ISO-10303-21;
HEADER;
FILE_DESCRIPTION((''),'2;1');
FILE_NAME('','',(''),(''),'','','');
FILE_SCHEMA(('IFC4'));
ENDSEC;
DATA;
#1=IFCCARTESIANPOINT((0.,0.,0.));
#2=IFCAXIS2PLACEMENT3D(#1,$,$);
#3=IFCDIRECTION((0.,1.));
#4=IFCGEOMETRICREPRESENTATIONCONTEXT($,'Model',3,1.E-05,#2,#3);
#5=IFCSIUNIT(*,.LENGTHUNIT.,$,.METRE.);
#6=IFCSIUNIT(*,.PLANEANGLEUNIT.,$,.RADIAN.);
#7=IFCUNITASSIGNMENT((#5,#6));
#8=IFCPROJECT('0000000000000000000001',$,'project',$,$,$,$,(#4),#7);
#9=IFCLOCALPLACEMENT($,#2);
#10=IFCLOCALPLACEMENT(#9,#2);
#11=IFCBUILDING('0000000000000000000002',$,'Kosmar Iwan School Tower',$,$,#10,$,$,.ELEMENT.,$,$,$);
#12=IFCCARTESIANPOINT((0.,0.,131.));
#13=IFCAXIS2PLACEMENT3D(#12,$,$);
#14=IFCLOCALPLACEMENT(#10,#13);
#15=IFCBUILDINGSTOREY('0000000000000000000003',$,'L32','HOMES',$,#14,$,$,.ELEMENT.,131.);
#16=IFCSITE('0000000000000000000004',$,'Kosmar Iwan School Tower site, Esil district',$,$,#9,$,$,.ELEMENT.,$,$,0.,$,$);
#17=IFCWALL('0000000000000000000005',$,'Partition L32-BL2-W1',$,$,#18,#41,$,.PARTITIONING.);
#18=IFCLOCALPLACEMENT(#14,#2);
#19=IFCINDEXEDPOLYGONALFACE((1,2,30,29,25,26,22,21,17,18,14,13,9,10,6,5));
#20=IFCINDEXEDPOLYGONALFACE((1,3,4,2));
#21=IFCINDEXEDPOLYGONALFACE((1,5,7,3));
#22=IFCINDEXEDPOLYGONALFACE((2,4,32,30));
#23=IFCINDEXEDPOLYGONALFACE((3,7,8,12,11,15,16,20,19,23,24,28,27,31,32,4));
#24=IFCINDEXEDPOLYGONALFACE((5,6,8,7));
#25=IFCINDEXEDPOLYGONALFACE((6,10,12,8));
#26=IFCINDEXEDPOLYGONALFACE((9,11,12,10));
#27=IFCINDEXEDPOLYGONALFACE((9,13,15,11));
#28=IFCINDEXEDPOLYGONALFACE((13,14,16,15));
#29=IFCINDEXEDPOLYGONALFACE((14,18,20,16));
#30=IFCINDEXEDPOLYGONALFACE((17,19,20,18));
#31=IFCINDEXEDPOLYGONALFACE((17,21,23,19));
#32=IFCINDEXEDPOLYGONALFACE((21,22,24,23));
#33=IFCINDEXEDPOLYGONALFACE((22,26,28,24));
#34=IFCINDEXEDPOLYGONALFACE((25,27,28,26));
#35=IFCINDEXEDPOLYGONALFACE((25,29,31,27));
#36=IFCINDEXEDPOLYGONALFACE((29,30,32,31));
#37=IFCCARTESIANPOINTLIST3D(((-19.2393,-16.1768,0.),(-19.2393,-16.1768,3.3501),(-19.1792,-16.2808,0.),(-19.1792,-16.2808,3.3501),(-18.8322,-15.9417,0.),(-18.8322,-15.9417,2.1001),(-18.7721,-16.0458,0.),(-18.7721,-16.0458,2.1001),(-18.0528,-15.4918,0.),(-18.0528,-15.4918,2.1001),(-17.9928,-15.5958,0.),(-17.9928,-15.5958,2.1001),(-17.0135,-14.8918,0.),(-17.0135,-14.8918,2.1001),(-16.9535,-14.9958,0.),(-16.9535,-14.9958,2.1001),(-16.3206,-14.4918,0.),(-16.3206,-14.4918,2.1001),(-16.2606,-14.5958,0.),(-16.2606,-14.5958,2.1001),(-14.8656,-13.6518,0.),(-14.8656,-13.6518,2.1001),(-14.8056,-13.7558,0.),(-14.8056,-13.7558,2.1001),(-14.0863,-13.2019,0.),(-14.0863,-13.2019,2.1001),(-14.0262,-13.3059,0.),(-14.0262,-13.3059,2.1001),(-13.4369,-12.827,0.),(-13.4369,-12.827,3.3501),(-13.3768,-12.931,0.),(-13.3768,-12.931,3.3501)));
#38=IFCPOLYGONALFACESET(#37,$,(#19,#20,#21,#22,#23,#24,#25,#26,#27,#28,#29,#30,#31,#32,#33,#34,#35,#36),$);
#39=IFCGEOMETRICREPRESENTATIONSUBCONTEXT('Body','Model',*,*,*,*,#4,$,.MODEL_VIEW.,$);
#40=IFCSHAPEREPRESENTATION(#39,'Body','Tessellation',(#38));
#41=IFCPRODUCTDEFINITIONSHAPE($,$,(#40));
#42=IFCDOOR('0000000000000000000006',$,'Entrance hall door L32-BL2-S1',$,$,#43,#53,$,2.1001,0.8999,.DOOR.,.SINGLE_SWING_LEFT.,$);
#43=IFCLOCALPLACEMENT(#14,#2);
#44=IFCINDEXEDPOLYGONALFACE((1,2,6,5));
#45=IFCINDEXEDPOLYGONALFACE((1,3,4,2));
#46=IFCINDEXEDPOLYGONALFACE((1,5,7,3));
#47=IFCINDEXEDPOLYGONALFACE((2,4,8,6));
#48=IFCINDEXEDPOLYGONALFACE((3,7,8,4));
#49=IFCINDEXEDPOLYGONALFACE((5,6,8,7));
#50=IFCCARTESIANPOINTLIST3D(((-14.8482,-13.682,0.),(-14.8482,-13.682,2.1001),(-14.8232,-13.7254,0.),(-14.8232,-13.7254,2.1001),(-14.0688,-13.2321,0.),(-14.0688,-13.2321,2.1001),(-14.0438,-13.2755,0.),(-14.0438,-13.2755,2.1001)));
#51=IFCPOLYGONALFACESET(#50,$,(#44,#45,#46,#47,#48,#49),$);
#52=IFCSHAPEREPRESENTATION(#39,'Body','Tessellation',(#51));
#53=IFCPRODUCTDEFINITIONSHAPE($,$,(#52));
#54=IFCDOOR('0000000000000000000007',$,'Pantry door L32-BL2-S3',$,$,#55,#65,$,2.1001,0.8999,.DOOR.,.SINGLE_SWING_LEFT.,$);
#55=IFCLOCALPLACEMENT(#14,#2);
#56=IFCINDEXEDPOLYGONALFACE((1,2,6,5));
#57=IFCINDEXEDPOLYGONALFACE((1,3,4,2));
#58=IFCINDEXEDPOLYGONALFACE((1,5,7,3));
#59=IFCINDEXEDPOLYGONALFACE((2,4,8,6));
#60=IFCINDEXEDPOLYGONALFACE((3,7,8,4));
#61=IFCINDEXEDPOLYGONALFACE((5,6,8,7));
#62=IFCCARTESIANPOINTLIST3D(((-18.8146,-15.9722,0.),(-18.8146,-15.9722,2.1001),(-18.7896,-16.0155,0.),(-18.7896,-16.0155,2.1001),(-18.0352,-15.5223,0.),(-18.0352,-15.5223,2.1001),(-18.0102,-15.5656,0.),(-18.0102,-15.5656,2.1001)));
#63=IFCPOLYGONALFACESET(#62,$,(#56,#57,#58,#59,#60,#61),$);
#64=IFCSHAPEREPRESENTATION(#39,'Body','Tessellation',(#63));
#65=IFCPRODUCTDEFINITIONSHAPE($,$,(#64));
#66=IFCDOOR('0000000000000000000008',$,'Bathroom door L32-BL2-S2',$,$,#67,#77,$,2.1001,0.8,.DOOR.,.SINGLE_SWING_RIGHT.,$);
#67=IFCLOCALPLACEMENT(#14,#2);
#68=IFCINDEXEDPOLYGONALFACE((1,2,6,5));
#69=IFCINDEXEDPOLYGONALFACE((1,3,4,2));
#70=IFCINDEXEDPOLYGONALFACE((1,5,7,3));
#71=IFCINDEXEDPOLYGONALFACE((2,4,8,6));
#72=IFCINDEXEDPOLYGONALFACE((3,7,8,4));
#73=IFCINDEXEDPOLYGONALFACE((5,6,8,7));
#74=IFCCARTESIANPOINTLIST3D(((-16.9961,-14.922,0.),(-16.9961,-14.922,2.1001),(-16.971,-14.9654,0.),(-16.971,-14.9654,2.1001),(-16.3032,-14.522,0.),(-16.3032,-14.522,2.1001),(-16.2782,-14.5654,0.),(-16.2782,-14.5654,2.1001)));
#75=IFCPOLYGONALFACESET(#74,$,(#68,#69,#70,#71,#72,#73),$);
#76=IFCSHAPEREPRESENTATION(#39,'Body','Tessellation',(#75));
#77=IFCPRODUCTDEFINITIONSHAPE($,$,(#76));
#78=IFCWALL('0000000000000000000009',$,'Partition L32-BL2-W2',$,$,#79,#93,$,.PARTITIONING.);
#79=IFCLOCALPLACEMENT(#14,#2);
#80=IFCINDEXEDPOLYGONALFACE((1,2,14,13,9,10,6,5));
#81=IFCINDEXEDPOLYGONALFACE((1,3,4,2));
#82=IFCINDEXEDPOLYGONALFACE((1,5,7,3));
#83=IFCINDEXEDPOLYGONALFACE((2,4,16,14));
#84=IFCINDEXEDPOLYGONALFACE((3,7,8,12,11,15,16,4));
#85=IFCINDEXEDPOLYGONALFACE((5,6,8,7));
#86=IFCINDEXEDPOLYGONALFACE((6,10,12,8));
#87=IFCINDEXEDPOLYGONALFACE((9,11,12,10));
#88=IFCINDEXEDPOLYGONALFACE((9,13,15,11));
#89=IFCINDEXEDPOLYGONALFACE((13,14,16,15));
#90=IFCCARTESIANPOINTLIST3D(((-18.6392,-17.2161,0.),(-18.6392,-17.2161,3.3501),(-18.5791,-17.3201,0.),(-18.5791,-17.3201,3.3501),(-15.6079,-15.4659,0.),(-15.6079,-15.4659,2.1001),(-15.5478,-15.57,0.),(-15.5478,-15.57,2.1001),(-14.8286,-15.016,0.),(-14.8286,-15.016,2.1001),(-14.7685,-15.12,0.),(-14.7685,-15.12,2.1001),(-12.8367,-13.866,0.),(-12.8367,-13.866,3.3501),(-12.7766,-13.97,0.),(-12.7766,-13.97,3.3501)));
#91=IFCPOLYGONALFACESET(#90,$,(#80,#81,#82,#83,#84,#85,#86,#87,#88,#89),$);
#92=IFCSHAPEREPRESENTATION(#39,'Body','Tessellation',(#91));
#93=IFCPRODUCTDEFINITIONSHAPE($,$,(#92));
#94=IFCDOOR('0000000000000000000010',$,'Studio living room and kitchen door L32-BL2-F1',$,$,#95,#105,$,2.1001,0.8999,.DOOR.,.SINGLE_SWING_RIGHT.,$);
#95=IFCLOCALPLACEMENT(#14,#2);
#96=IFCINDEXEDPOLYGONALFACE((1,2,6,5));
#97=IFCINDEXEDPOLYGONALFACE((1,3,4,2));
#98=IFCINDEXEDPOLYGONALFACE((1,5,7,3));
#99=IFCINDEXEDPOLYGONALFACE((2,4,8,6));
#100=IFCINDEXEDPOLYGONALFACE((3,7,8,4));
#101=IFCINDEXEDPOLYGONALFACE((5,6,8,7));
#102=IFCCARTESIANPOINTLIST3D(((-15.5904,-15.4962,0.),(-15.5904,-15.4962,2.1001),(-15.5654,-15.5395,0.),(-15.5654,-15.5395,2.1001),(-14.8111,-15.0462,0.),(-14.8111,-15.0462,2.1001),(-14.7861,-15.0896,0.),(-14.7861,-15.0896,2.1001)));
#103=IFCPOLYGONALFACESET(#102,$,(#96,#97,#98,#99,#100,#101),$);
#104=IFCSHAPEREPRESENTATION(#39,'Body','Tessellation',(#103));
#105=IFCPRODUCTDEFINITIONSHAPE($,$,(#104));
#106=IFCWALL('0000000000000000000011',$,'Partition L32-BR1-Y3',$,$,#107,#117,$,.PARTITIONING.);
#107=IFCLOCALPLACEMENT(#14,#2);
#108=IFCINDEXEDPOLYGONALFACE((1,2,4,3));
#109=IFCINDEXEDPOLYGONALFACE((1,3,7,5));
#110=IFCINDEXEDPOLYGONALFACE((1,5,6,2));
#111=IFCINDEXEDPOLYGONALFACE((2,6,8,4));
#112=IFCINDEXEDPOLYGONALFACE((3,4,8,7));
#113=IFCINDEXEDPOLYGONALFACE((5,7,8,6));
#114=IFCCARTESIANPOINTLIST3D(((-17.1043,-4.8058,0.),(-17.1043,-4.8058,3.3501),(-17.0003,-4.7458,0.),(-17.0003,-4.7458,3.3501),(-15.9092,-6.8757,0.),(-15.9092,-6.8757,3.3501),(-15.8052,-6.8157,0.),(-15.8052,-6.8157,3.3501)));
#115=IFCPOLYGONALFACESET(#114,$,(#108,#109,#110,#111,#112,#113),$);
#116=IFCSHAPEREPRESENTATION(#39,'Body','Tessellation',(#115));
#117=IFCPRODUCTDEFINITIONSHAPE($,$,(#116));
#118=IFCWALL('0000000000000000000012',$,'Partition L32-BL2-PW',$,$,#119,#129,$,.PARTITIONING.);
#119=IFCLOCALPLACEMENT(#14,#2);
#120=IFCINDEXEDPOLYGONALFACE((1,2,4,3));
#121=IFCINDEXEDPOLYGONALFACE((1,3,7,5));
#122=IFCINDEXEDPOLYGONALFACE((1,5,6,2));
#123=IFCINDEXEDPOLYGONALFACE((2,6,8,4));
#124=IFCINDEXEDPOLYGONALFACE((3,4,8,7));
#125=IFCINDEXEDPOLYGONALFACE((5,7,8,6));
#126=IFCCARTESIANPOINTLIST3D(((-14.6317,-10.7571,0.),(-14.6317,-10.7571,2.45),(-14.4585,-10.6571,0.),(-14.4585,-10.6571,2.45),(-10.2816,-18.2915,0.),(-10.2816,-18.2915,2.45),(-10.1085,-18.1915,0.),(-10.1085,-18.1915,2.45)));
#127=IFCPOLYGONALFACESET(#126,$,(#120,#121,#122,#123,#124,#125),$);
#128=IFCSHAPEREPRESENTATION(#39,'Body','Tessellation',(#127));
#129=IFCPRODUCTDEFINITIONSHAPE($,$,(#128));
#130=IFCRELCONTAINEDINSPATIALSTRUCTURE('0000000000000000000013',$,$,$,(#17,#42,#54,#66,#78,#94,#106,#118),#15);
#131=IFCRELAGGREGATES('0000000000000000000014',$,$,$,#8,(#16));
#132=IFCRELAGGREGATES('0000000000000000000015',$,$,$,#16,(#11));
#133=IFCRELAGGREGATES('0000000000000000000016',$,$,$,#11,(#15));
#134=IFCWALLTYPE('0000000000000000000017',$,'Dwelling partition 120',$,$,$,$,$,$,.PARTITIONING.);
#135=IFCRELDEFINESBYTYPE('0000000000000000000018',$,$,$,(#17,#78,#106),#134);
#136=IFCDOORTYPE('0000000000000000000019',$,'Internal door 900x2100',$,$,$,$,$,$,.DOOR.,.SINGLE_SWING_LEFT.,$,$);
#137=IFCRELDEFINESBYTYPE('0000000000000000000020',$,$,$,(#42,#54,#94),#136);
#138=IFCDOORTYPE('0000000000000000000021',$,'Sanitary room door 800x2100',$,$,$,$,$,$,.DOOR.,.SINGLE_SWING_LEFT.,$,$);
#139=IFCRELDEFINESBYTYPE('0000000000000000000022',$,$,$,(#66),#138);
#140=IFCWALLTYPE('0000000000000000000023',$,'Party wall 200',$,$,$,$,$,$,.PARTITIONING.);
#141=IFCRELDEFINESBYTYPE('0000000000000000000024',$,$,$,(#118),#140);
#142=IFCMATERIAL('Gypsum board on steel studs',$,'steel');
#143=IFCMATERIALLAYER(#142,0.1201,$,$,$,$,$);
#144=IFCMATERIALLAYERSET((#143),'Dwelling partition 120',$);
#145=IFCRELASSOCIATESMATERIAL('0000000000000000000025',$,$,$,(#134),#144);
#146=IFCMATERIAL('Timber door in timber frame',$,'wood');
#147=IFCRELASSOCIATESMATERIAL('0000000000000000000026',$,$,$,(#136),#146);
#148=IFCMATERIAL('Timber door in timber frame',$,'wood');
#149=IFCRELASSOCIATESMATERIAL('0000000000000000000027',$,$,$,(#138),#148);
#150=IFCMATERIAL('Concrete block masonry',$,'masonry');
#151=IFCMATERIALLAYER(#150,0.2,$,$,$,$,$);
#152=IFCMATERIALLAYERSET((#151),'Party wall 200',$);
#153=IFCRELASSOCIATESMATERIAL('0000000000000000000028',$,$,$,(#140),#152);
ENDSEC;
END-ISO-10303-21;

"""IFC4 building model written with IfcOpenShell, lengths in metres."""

from ifc_helpers import new_model, si_unit, direction, frame, frame_2d, origin, place, context, subcontext, project, spatial, rectangle, extrude, material, layer, layer_set, type_object, element, fill, save


model = new_model("IFC4")

# Units and contexts
model_context = context("Model", 3, precision=1e-05, world=origin(), true_north=direction((0.0, 1.0)))
body_context = subcontext(model_context, "Body", "Model", "MODEL_VIEW")
ifc_project = project(units=[si_unit("LENGTHUNIT", "METRE"), si_unit("PLANEANGLEUNIT", "RADIAN")], contexts=[model_context])

# Site, building, storey
site_placement = place(None, origin())
site = spatial("IfcSite", under=ifc_project, at=site_placement, Name="Kosmar Iwan School Tower site, Esil district", CompositionType="ELEMENT", RefElevation=0.0)
building_placement = place(site_placement, origin())
building = spatial("IfcBuilding", under=site, at=building_placement, Name="Kosmar Iwan School Tower", CompositionType="ELEMENT")
storey_placement = place(building_placement, frame((0.0, 0.0, 131.0)))
storey = spatial("IfcBuildingStorey", under=building, at=storey_placement, Name="L32", Description="HOMES", CompositionType="ELEMENT", Elevation=131.0)

# Shared definitions
ifc_material_1 = material(Name="Gypsum board on steel studs", Category="steel")
ifc_layer_1 = layer(ifc_material_1, 0.1201)
ifc_layer_set_1 = layer_set([ifc_layer_1], Name="Dwelling partition 120")
wall_type_1 = type_object("IfcWallType", Name="Dwelling partition 120", PredefinedType="PARTITIONING", material=ifc_layer_set_1)

# Wall, openings, doors
wall_1_placement = place(storey_placement, frame((-13.4067, -12.8789, 0.0), z_axis=(0.0, 0.0, 1.0), x_axis=(-0.866039, -0.499976, 0.0)))
wall_1 = element("IfcWall", 1, at=wall_1_placement, inside=storey, type_object=wall_type_1, Name="Partition L32-BL2-W1", PredefinedType="PARTITIONING", context=body_context, shape_type="SweptSolid", body=[
    extrude(rectangle(XDim=6.7, YDim=0.1201, at=frame_2d((3.3501, 0.0))), origin(), (0.0, 0.0, 1.0), 3.3501),
])
opening_1_placement = place(wall_1_placement, frame((0.75, 0.0, 0.0)))
opening_1 = element("IfcOpeningElement", 2, at=opening_1_placement, cuts=wall_1, PredefinedType="OPENING", context=body_context, shape_type="SweptSolid", body=[
    extrude(rectangle(XDim=0.8999, YDim=2.1001, at=frame_2d((0.45, 1.05))), frame((0.0, 0.072, 0.0), z_axis=(0.0, -1.0, 0.0), x_axis=(1.0, 0.0, 0.0)), (0.0, 0.0, 1.0), 0.144),
])
opening_2_placement = place(wall_1_placement, frame((3.3301, 0.0, 0.0)))
opening_2 = element("IfcOpeningElement", 3, at=opening_2_placement, cuts=wall_1, PredefinedType="OPENING", context=body_context, shape_type="SweptSolid", body=[
    extrude(rectangle(XDim=0.8, YDim=2.1001, at=frame_2d((0.3999, 1.05))), frame((0.0, 0.072, 0.0), z_axis=(0.0, -1.0, 0.0), x_axis=(1.0, 0.0, 0.0)), (0.0, 0.0, 1.0), 0.144),
])
opening_3_placement = place(wall_1_placement, frame((5.3301, 0.0, 0.0)))
opening_3 = element("IfcOpeningElement", 4, at=opening_3_placement, cuts=wall_1, PredefinedType="OPENING", context=body_context, shape_type="SweptSolid", body=[
    extrude(rectangle(XDim=0.8999, YDim=2.1001, at=frame_2d((0.45, 1.05))), frame((0.0, 0.072, 0.0), z_axis=(0.0, -1.0, 0.0), x_axis=(1.0, 0.0, 0.0)), (0.0, 0.0, 1.0), 0.144),
])
ifc_material_2 = material(Name="Timber door in timber frame", Category="wood")
door_type_1 = type_object("IfcDoorType", Name="Internal door 900x2100", OperationType="SINGLE_SWING_LEFT", PredefinedType="DOOR", material=ifc_material_2)
door_1_placement = place(opening_1_placement, origin())
door_1 = element("IfcDoor", 5, at=door_1_placement, inside=storey, type_object=door_type_1, Name="Entrance hall door L32-BL2-S1", OperationType="SINGLE_SWING_LEFT", OverallHeight=2.1001, OverallWidth=0.8999, PredefinedType="DOOR", context=body_context, shape_type="SweptSolid", body=[
    extrude(rectangle(XDim=0.8999, YDim=2.1001, at=frame_2d((0.45, 1.05))), frame((0.0, 0.0249, 0.0), z_axis=(0.0, -1.0, 0.0), x_axis=(1.0, 0.0, 0.0)), (0.0, 0.0, 1.0), 0.05),
])
fill(opening_1, door_1)
door_2_placement = place(opening_3_placement, frame((0.8999, 0.0, 0.0), z_axis=(0.0, 0.0, 1.0), x_axis=(-1.0, 0.0, 0.0)))
door_2 = element("IfcDoor", 6, at=door_2_placement, inside=storey, type_object=door_type_1, Name="Pantry door L32-BL2-S3", OperationType="SINGLE_SWING_LEFT", OverallHeight=2.1001, OverallWidth=0.8999, PredefinedType="DOOR", context=body_context, shape_type="SweptSolid", body=[
    extrude(rectangle(XDim=0.8999, YDim=2.1001, at=frame_2d((0.45, 1.05))), frame((0.0, 0.0249, 0.0), z_axis=(0.0, -1.0, 0.0), x_axis=(1.0, 0.0, 0.0)), (0.0, 0.0, 1.0), 0.05),
])
fill(opening_3, door_2)
ifc_material_3 = material(Name="Timber door in timber frame", Category="wood")
door_type_2 = type_object("IfcDoorType", Name="Sanitary room door 800x2100", OperationType="SINGLE_SWING_LEFT", PredefinedType="DOOR", material=ifc_material_3)
door_3_placement = place(opening_2_placement, origin())
door_3 = element("IfcDoor", 7, at=door_3_placement, inside=storey, type_object=door_type_2, Name="Bathroom door L32-BL2-S2", OperationType="SINGLE_SWING_RIGHT", OverallHeight=2.1001, OverallWidth=0.8, PredefinedType="DOOR", context=body_context, shape_type="SweptSolid", body=[
    extrude(rectangle(XDim=0.8, YDim=2.1001, at=frame_2d((0.3999, 1.05))), frame((0.0, 0.0249, 0.0), z_axis=(0.0, -1.0, 0.0), x_axis=(1.0, 0.0, 0.0)), (0.0, 0.0, 1.0), 0.05),
])
fill(opening_2, door_3)

# Wall, opening, door
wall_2_placement = place(storey_placement, frame((-12.8066, -13.918, 0.0), z_axis=(0.0, 0.0, 1.0), x_axis=(-0.866024, -0.500003, 0.0)))
wall_2 = element("IfcWall", 8, at=wall_2_placement, inside=storey, type_object=wall_type_1, Name="Partition L32-BL2-W2", PredefinedType="PARTITIONING", context=body_context, shape_type="SweptSolid", body=[
    extrude(rectangle(XDim=6.7002, YDim=0.1201, at=frame_2d((3.3501, 0.0))), origin(), (0.0, 0.0, 1.0), 3.3501),
])
opening_4_placement = place(wall_2_placement, frame((2.3, 0.0, 0.0)))
opening_4 = element("IfcOpeningElement", 9, at=opening_4_placement, cuts=wall_2, PredefinedType="OPENING", context=body_context, shape_type="SweptSolid", body=[
    extrude(rectangle(XDim=0.8999, YDim=2.1001, at=frame_2d((0.45, 1.05))), frame((0.0, 0.072, 0.0), z_axis=(0.0, -1.0, 0.0), x_axis=(1.0, 0.0, 0.0)), (0.0, 0.0, 1.0), 0.144),
])
door_4_placement = place(opening_4_placement, origin())
door_4 = element("IfcDoor", 10, at=door_4_placement, inside=storey, type_object=door_type_1, Name="Studio living room and kitchen door L32-BL2-F1", OperationType="SINGLE_SWING_RIGHT", OverallHeight=2.1001, OverallWidth=0.8999, PredefinedType="DOOR", context=body_context, shape_type="SweptSolid", body=[
    extrude(rectangle(XDim=0.8999, YDim=2.1001, at=frame_2d((0.45, 1.05))), frame((0.0, 0.0249, 0.0), z_axis=(0.0, -1.0, 0.0), x_axis=(1.0, 0.0, 0.0)), (0.0, 0.0, 1.0), 0.05),
])
fill(opening_4, door_4)

# Walls
wall_3_placement = place(storey_placement, frame((-15.8572, -6.8457, 0.0), z_axis=(0.0, 0.0, 1.0), x_axis=(-0.500017, 0.866015, 0.0)))
element("IfcWall", 11, at=wall_3_placement, inside=storey, type_object=wall_type_1, Name="Partition L32-BR1-Y3", PredefinedType="PARTITIONING", context=body_context, shape_type="SweptSolid", body=[
    extrude(rectangle(XDim=2.3901, YDim=0.1201, at=frame_2d((1.1951, 0.0))), origin(), (0.0, 0.0, 1.0), 3.3501),
])
ifc_material_4 = material(Name="Concrete block masonry", Category="masonry")
ifc_layer_2 = layer(ifc_material_4, 0.2)
ifc_layer_set_2 = layer_set([ifc_layer_2], Name="Party wall 200")
wall_type_2 = type_object("IfcWallType", Name="Party wall 200", PredefinedType="PARTITIONING", material=ifc_layer_set_2)
wall_4_placement = place(storey_placement, frame((-14.5452, -10.707, 0.0), z_axis=(0.0, 0.0, 1.0), x_axis=(0.500008, -0.866021, 0.0)))
element("IfcWall", 12, at=wall_4_placement, inside=storey, type_object=wall_type_2, Name="Partition L32-BL2-PW", PredefinedType="PARTITIONING", context=body_context, shape_type="SweptSolid", body=[
    extrude(rectangle(XDim=8.7, YDim=0.2, at=frame_2d((4.3501, 0.0))), origin(), (0.0, 0.0, 1.0), 2.45),
])

save(model, "model.ifc")
